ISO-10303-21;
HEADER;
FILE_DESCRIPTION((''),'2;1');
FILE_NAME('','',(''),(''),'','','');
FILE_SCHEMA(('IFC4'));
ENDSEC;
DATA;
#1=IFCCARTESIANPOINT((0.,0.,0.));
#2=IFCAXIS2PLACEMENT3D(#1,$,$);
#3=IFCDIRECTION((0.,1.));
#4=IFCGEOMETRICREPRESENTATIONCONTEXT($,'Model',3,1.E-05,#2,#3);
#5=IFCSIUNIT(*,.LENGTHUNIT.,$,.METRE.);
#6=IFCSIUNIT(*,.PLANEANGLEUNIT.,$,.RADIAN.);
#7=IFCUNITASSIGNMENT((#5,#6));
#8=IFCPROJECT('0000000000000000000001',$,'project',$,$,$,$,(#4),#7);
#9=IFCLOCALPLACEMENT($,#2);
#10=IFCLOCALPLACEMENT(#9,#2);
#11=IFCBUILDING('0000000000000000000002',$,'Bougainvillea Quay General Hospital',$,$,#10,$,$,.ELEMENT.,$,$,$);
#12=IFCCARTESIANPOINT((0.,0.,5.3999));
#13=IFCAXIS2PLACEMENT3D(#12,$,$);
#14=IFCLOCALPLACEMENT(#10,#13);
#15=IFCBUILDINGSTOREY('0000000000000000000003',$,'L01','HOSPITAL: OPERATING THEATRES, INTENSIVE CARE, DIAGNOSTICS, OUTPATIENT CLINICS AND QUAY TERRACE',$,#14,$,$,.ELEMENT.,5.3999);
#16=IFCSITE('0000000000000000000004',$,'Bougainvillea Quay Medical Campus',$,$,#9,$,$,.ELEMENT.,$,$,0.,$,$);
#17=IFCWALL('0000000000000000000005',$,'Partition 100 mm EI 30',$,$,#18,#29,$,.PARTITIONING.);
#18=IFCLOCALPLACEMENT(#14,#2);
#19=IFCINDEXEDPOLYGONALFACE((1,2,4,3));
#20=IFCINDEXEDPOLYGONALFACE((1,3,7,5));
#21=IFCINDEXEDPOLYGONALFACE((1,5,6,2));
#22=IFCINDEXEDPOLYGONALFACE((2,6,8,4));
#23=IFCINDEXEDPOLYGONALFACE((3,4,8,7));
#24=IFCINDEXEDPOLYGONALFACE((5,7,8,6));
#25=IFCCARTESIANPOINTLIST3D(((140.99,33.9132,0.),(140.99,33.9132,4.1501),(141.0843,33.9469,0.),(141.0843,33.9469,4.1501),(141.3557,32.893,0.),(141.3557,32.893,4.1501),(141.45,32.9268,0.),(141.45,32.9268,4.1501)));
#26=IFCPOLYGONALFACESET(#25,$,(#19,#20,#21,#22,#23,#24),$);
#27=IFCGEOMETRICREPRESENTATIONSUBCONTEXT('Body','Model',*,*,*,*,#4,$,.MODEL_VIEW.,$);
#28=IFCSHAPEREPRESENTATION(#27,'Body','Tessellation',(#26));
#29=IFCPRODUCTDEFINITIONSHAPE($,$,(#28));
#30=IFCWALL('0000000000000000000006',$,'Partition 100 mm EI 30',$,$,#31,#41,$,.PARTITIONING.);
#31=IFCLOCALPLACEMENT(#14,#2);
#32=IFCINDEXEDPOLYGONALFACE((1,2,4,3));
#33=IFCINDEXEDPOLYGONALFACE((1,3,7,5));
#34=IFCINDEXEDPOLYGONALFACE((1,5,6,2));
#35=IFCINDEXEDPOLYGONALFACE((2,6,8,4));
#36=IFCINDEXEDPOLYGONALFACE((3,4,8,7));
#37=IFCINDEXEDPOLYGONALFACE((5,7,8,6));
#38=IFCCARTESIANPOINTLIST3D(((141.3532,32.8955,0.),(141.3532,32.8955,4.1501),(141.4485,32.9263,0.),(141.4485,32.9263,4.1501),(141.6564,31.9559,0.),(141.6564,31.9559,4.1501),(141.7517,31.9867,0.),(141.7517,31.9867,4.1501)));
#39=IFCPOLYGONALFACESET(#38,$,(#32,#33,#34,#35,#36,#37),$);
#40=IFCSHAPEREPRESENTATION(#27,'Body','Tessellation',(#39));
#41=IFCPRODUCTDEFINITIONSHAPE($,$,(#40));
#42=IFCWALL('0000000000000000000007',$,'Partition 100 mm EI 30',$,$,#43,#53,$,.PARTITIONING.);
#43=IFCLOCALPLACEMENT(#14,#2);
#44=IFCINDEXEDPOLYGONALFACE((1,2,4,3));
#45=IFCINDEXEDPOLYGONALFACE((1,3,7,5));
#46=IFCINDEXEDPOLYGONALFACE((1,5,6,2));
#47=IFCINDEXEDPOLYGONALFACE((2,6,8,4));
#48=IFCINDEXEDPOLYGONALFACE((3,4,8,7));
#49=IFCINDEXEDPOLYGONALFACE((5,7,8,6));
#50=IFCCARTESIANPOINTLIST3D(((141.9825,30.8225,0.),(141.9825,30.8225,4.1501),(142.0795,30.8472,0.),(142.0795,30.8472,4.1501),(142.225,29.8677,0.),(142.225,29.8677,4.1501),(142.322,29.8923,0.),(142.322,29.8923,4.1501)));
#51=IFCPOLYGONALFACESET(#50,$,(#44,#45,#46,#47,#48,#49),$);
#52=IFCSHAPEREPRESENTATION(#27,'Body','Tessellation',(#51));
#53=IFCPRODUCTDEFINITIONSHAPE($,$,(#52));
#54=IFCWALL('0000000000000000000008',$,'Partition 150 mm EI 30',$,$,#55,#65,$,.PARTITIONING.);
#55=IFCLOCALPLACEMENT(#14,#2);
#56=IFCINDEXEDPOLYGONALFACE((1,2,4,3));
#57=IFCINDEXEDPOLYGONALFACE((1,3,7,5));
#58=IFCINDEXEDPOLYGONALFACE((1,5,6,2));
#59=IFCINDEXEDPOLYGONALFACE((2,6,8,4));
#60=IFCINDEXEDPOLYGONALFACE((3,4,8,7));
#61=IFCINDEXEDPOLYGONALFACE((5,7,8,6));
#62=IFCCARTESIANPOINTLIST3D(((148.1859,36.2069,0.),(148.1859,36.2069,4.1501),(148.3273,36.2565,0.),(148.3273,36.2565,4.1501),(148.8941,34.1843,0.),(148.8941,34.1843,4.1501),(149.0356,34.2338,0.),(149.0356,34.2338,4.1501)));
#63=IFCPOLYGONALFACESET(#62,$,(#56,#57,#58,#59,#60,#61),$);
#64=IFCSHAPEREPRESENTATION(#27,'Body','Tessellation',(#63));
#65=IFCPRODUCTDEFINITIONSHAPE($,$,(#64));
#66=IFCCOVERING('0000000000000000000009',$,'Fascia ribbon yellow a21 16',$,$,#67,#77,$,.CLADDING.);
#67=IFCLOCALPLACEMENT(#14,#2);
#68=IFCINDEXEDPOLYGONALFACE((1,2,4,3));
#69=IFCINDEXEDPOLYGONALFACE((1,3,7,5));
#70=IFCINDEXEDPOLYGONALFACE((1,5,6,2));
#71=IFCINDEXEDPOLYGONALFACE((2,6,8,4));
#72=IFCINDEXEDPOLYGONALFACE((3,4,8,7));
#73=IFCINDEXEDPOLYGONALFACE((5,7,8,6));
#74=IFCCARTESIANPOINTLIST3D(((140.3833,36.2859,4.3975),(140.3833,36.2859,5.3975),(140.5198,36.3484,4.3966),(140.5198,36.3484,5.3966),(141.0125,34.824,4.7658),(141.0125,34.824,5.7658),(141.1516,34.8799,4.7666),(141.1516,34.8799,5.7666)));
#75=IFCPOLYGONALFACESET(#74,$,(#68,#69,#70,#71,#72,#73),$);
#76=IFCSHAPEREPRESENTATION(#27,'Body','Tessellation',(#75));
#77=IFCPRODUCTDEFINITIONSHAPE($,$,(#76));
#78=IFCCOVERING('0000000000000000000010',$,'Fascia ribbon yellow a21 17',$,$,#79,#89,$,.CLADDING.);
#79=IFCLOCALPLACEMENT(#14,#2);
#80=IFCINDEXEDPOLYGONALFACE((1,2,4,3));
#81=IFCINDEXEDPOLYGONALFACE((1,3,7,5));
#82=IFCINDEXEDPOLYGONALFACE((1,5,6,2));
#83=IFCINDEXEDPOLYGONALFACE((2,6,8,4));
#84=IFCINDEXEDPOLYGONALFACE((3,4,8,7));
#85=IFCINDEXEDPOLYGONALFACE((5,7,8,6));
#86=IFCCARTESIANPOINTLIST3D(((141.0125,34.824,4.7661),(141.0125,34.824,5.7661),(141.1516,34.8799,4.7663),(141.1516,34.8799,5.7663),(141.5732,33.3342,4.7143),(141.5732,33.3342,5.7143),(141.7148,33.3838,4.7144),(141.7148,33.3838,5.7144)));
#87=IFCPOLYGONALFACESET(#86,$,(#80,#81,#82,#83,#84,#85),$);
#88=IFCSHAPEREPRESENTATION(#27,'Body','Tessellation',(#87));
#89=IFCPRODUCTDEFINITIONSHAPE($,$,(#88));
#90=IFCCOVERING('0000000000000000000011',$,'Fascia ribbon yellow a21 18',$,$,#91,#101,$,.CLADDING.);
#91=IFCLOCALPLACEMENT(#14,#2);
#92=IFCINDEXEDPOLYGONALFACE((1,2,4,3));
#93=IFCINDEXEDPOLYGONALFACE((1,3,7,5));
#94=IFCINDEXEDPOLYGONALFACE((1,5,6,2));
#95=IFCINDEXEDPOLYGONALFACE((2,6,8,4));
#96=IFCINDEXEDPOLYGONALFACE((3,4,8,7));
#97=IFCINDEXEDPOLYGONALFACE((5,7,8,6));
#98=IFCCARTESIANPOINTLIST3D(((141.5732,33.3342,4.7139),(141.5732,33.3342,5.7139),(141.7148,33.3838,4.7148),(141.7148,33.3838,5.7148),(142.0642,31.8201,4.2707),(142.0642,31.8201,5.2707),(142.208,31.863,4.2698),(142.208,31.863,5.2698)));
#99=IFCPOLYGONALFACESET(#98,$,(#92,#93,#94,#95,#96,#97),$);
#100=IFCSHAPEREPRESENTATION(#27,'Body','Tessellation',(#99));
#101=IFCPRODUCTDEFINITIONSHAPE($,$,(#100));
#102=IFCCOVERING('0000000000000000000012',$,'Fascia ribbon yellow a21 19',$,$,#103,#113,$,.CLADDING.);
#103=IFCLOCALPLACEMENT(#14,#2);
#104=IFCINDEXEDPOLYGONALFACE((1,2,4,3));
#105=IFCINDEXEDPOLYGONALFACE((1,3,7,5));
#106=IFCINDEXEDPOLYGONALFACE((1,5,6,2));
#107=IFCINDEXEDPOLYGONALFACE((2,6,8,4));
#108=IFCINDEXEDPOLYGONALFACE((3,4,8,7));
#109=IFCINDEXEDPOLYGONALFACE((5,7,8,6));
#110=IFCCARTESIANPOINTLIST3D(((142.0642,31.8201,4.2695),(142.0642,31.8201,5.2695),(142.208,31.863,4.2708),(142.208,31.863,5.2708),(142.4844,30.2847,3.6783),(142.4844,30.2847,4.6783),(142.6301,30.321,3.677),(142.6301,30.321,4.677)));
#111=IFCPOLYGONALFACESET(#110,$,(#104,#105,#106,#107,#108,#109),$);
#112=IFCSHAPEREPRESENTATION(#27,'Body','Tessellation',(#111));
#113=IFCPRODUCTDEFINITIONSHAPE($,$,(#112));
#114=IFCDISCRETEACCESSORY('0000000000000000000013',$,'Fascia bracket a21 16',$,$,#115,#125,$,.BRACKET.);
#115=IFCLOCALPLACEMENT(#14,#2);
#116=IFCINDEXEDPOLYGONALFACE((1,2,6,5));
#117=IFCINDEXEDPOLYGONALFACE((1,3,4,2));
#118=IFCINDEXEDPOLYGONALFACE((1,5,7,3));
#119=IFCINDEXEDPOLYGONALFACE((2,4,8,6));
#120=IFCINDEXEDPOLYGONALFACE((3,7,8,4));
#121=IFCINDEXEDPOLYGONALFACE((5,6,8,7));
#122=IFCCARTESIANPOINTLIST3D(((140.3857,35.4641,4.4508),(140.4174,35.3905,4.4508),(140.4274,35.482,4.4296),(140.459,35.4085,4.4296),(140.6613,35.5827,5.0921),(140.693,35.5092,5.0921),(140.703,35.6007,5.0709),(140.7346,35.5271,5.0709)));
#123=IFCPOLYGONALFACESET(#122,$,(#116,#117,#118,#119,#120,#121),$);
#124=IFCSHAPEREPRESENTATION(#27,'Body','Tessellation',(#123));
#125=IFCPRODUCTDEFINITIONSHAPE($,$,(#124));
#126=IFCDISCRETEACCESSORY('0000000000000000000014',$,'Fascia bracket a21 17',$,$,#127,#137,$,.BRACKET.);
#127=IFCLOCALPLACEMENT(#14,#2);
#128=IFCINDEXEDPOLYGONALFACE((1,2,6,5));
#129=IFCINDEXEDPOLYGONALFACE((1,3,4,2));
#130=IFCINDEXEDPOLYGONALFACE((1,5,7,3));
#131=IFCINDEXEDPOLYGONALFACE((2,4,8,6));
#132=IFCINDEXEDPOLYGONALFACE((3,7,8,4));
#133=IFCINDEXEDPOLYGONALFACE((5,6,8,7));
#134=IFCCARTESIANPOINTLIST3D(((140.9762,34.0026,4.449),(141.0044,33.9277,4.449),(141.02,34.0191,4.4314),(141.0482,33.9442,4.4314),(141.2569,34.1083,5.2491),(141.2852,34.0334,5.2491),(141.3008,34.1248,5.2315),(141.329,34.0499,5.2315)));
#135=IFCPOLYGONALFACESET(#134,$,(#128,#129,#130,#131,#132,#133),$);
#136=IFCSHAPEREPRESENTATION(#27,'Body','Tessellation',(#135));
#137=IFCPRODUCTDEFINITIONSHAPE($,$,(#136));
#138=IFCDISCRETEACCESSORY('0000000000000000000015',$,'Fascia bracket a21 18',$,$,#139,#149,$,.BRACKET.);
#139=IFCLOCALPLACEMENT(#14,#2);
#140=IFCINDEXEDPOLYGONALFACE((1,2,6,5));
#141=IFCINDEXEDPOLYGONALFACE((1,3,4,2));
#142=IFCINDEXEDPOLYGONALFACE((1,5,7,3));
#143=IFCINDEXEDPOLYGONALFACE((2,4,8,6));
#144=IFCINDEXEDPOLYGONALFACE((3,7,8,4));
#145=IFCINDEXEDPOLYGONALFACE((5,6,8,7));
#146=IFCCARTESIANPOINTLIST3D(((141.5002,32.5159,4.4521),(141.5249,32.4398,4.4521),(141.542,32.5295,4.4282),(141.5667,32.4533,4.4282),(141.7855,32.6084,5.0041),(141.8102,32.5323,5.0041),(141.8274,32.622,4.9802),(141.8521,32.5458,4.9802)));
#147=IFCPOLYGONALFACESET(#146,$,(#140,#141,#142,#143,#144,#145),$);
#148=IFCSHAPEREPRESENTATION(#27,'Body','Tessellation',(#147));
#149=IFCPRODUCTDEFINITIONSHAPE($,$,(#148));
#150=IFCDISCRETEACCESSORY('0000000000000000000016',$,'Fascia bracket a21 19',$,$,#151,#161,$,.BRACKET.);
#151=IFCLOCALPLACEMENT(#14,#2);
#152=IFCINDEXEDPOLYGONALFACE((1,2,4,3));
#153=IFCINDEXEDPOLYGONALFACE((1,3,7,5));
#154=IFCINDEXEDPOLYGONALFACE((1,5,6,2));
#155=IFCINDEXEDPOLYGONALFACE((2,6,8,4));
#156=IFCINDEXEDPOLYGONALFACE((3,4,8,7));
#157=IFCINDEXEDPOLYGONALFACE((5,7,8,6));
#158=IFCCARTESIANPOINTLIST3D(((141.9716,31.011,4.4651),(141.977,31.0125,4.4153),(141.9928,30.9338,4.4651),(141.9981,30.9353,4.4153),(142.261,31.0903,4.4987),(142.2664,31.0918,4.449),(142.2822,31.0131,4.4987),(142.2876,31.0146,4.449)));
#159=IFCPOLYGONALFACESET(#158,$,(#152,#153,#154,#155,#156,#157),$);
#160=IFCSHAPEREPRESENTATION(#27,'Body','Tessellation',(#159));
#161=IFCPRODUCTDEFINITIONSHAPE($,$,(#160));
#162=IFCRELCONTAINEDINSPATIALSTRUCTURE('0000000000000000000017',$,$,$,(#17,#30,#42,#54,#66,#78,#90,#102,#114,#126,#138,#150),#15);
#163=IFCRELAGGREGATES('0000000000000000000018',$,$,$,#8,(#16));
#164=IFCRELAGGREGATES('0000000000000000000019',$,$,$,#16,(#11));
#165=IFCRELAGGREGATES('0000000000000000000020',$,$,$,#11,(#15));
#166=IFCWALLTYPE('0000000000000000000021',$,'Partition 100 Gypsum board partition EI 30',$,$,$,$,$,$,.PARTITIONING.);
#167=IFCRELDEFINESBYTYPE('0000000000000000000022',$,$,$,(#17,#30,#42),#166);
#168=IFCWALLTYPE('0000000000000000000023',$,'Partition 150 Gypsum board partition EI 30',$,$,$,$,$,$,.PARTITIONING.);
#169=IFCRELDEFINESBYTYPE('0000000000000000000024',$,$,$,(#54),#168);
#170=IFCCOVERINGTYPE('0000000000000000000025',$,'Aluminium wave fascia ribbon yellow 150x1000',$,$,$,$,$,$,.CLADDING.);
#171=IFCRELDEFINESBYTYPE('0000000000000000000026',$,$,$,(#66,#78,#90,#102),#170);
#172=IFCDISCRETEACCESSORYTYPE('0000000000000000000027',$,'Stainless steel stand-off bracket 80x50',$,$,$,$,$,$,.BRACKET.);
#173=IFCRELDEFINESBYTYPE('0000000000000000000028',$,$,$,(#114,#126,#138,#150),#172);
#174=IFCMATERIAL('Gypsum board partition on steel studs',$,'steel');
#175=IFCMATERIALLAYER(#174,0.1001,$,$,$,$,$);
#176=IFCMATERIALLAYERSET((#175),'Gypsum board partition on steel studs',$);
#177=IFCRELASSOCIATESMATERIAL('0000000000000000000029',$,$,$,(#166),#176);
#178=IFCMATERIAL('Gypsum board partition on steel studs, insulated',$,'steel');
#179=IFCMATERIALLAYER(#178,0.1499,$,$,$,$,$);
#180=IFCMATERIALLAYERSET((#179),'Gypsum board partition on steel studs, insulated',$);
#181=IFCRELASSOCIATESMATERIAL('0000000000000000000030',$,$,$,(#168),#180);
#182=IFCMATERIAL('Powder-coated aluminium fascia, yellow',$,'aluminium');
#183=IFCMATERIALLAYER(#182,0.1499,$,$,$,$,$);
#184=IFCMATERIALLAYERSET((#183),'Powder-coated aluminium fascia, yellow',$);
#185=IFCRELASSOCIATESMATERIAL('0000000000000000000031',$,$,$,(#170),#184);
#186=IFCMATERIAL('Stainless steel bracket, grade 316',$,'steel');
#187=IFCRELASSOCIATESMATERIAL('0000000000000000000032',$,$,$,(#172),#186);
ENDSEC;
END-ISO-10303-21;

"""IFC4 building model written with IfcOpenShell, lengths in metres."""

from ifc_helpers import new_model, si_unit, direction, frame, frame_2d, origin, origin_2d, place, context, subcontext, project, spatial, polyline, rectangle, outline, extrude, material, layer, layer_set, material_profile, profile_set, type_object, element, save


model = new_model("IFC4")

# Units and contexts
model_context = context("Model", 3, precision=1e-05, world=origin(), true_north=direction((0.0, 1.0)))
body_context = subcontext(model_context, "Body", "Model", "MODEL_VIEW")
ifc_project = project(units=[si_unit("LENGTHUNIT", "METRE"), si_unit("PLANEANGLEUNIT", "RADIAN")], contexts=[model_context])

# Site, building, storey
site_placement = place(None, origin())
site = spatial("IfcSite", under=ifc_project, at=site_placement, Name="Bougainvillea Quay Medical Campus", CompositionType="ELEMENT", RefElevation=0.0)
building_placement = place(site_placement, origin())
building = spatial("IfcBuilding", under=site, at=building_placement, Name="Bougainvillea Quay General Hospital", CompositionType="ELEMENT")
storey_placement = place(building_placement, frame((0.0, 0.0, 5.3999)))
storey = spatial("IfcBuildingStorey", under=building, at=storey_placement, Name="L01", Description="HOSPITAL: OPERATING THEATRES, INTENSIVE CARE, DIAGNOSTICS, OUTPATIENT CLINICS AND QUAY TERRACE", CompositionType="ELEMENT", Elevation=5.3999)

# Walls
ifc_material_1 = material(Name="Gypsum board partition on steel studs", Category="steel")
ifc_layer_1 = layer(ifc_material_1, 0.1001)
ifc_layer_set_1 = layer_set([ifc_layer_1], Name="Gypsum board partition on steel studs")
wall_type_1 = type_object("IfcWallType", Name="Partition 100 Gypsum board partition EI 30", PredefinedType="PARTITIONING", material=ifc_layer_set_1)
wall_1_placement = place(storey_placement, frame((141.0371, 33.9302, 0.0), z_axis=(0.0, 0.0, 1.0), x_axis=(0.337435, -0.941349, 0.0)))
element("IfcWall", 1, at=wall_1_placement, inside=storey, type_object=wall_type_1, Name="Partition 100 mm EI 30", PredefinedType="PARTITIONING", context=body_context, shape_type="SweptSolid", body=[
    extrude(rectangle(XDim=1.0837, YDim=0.1001, at=frame_2d((0.542, 0.0))), origin(), (0.0, 0.0, 1.0), 4.1501),
])
wall_2_placement = place(storey_placement, frame((141.4009, 32.9109, 0.0), z_axis=(0.0, 0.0, 1.0), x_axis=(0.307089, -0.951681, 0.0)))
element("IfcWall", 2, at=wall_2_placement, inside=storey, type_object=wall_type_1, Name="Partition 100 mm EI 30", PredefinedType="PARTITIONING", context=body_context, shape_type="SweptSolid", body=[
    extrude(rectangle(XDim=0.9873, YDim=0.1001, at=frame_2d((0.4937, 0.0))), origin(), (0.0, 0.0, 1.0), 4.1501),
])
wall_3_placement = place(storey_placement, frame((142.031, 30.835, 0.0), z_axis=(0.0, 0.0, 1.0), x_axis=(0.246091, -0.969247, 0.0)))
element("IfcWall", 3, at=wall_3_placement, inside=storey, type_object=wall_type_1, Name="Partition 100 mm EI 30", PredefinedType="PARTITIONING", context=body_context, shape_type="SweptSolid", body=[
    extrude(rectangle(XDim=0.9851, YDim=0.1001, at=frame_2d((0.4927, 0.0))), origin(), (0.0, 0.0, 1.0), 4.1501),
])
ifc_material_2 = material(Name="Gypsum board partition on steel studs, insulated", Category="steel")
ifc_layer_2 = layer(ifc_material_2, 0.1499)
ifc_layer_set_2 = layer_set([ifc_layer_2], Name="Gypsum board partition on steel studs, insulated")
wall_type_2 = type_object("IfcWallType", Name="Partition 150 Gypsum board partition EI 30", PredefinedType="PARTITIONING", material=ifc_layer_set_2)
wall_4_placement = place(storey_placement, frame((148.2566, 36.2317, 0.0), z_axis=(0.0, 0.0, 1.0), x_axis=(0.330477, -0.943814, 0.0)))
element("IfcWall", 4, at=wall_4_placement, inside=storey, type_object=wall_type_2, Name="Partition 150 mm EI 30", PredefinedType="PARTITIONING", context=body_context, shape_type="SweptSolid", body=[
    extrude(rectangle(XDim=2.1431, YDim=0.1499, at=frame_2d((1.0715, 0.0))), origin(), (0.0, 0.0, 1.0), 4.1501),
])

# Coverings
ifc_material_3 = material(Name="Powder-coated aluminium fascia, yellow", Category="aluminium")
ifc_layer_3 = layer(ifc_material_3, 0.1499)
ifc_layer_set_3 = layer_set([ifc_layer_3], Name="Powder-coated aluminium fascia, yellow")
covering_type = type_object("IfcCoveringType", Name="Aluminium wave fascia ribbon yellow 150x1000", PredefinedType="CLADDING", material=ifc_layer_set_3)
covering_1_placement = place(storey_placement, frame((140.3833, 36.2859, 4.3975), z_axis=(-0.088991, 0.207156, 0.974252), x_axis=(0.385129, -0.894898, 0.225462)))
element("IfcCovering", 5, at=covering_1_placement, inside=storey, type_object=covering_type, Name="Fascia ribbon yellow a21 16", PredefinedType="CLADDING", context=body_context, shape_type="SweptSolid", body=[
    extrude(outline(polyline([(0.0, 0.0), (1.6336, 0.0), (1.6374, 0.1499), (-0.0035, 0.1501), (0.0, 0.0)])), origin(), (0.225462, -0.000144, 0.974252), 1.0),
])
covering_2_placement = place(storey_placement, frame((141.0125, 34.824, 4.7661), z_axis=(0.010669, -0.030716, 0.999471), x_axis=(0.352114, -0.935393, -0.032505)))
element("IfcCovering", 6, at=covering_2_placement, inside=storey, type_object=covering_type, Name="Fascia ribbon yellow a21 17", PredefinedType="CLADDING", context=body_context, shape_type="SweptSolid", body=[
    extrude(outline(polyline([(0.0, 0.0), (1.5926, 0.0), (1.5961, 0.15), (-0.0033, 0.1499), (0.0, 0.0)])), origin(), (-0.032505, 0.000835, 0.999471), 1.0),
])
covering_3_placement = place(storey_placement, frame((141.5732, 33.3342, 4.7139), z_axis=(0.08271, -0.255114, 0.963367), x_axis=(0.297142, -0.916397, -0.268187)))
element("IfcCovering", 7, at=covering_3_placement, inside=storey, type_object=covering_type, Name="Fascia ribbon yellow a21 18", PredefinedType="CLADDING", context=body_context, shape_type="SweptSolid", body=[
    extrude(outline(polyline([(0.0, 0.0), (1.6523, 0.0), (1.6559, 0.15), (-0.0036, 0.15), (0.0, 0.0)])), origin(), (-0.268187, 0.00001, 0.963367), 1.0),
])
covering_4_placement = place(storey_placement, frame((142.0642, 31.8201, 4.2695), z_axis=(0.09202, -0.335803, 0.937427), x_axis=(0.247432, -0.904183, -0.348183)))
element("IfcCovering", 8, at=covering_4_placement, inside=storey, type_object=covering_type, Name="Fascia ribbon yellow a21 19", PredefinedType="CLADDING", context=body_context, shape_type="SweptSolid", body=[
    extrude(outline(polyline([(0.0, 0.0), (1.6981, 0.0), (1.7017, 0.1502), (-0.0037, 0.15), (0.0, 0.0)])), origin(), (-0.348183, -0.000115, 0.937427), 1.0),
])

# Discrete accessories
ifc_material_4 = material(Name="Stainless steel bracket, grade 316", Category="steel")
ifc_material_profile_1 = material_profile(ifc_material_4, rectangle(XDim=0.0801, YDim=0.05, at=origin_2d()))
ifc_profile_set_1 = profile_set([ifc_material_profile_1], Name="Stainless steel bracket, grade 316")
discrete_accessory_type = type_object("IfcDiscreteAccessoryType", Name="Stainless steel stand-off bracket 80x50", PredefinedType="BRACKET", material=ifc_profile_set_1)
discrete_accessory_1_placement = place(storey_placement, frame((140.4224, 35.4363, 4.4402), z_axis=(0.389265, 0.167567, 0.905756), x_axis=(-0.395392, 0.918513, 0.0)))
element("IfcDiscreteAccessory", 9, at=discrete_accessory_1_placement, inside=storey, type_object=discrete_accessory_type, Name="Fascia bracket a21 16", PredefinedType="BRACKET", context=body_context, shape_type="SweptSolid", body=[
    extrude(rectangle(XDim=0.0801, YDim=0.05, at=origin_2d()), origin(), (0.0, 0.0, 1.0), 0.708),
])
discrete_accessory_2_placement = place(storey_placement, frame((141.0122, 33.9734, 4.4402), z_axis=(0.328589, 0.123721, 0.936335), x_axis=(-0.352372, 0.93586, 0.0)))
element("IfcDiscreteAccessory", 10, at=discrete_accessory_2_placement, inside=storey, type_object=discrete_accessory_type, Name="Fascia bracket a21 17", PredefinedType="BRACKET", context=body_context, shape_type="SweptSolid", body=[
    extrude(rectangle(XDim=0.0801, YDim=0.05, at=origin_2d()), origin(), (0.0, 0.0, 1.0), 0.8545),
])
discrete_accessory_3_placement = place(storey_placement, frame((141.5334, 32.4846, 4.4402), z_axis=(0.454265, 0.147277, 0.878608), x_axis=(-0.308405, 0.951255, 0.0)))
element("IfcDiscreteAccessory", 11, at=discrete_accessory_3_placement, inside=storey, type_object=discrete_accessory_type, Name="Fascia bracket a21 18", PredefinedType="BRACKET", context=body_context, shape_type="SweptSolid", body=[
    extrude(rectangle(XDim=0.0801, YDim=0.05, at=origin_2d()), origin(), (0.0, 0.0, 1.0), 0.6282),
])
discrete_accessory_4_placement = place(storey_placement, frame((141.9849, 30.9731, 4.4402), z_axis=(0.958428, 0.262638, 0.11152), x_axis=(-0.264287, 0.964444, 0.0)))
element("IfcDiscreteAccessory", 12, at=discrete_accessory_4_placement, inside=storey, type_object=discrete_accessory_type, Name="Fascia bracket a21 19", PredefinedType="BRACKET", context=body_context, shape_type="SweptSolid", body=[
    extrude(rectangle(XDim=0.0801, YDim=0.05, at=origin_2d()), origin(), (0.0, 0.0, 1.0), 0.302),
])

save(model, "model.ifc")
